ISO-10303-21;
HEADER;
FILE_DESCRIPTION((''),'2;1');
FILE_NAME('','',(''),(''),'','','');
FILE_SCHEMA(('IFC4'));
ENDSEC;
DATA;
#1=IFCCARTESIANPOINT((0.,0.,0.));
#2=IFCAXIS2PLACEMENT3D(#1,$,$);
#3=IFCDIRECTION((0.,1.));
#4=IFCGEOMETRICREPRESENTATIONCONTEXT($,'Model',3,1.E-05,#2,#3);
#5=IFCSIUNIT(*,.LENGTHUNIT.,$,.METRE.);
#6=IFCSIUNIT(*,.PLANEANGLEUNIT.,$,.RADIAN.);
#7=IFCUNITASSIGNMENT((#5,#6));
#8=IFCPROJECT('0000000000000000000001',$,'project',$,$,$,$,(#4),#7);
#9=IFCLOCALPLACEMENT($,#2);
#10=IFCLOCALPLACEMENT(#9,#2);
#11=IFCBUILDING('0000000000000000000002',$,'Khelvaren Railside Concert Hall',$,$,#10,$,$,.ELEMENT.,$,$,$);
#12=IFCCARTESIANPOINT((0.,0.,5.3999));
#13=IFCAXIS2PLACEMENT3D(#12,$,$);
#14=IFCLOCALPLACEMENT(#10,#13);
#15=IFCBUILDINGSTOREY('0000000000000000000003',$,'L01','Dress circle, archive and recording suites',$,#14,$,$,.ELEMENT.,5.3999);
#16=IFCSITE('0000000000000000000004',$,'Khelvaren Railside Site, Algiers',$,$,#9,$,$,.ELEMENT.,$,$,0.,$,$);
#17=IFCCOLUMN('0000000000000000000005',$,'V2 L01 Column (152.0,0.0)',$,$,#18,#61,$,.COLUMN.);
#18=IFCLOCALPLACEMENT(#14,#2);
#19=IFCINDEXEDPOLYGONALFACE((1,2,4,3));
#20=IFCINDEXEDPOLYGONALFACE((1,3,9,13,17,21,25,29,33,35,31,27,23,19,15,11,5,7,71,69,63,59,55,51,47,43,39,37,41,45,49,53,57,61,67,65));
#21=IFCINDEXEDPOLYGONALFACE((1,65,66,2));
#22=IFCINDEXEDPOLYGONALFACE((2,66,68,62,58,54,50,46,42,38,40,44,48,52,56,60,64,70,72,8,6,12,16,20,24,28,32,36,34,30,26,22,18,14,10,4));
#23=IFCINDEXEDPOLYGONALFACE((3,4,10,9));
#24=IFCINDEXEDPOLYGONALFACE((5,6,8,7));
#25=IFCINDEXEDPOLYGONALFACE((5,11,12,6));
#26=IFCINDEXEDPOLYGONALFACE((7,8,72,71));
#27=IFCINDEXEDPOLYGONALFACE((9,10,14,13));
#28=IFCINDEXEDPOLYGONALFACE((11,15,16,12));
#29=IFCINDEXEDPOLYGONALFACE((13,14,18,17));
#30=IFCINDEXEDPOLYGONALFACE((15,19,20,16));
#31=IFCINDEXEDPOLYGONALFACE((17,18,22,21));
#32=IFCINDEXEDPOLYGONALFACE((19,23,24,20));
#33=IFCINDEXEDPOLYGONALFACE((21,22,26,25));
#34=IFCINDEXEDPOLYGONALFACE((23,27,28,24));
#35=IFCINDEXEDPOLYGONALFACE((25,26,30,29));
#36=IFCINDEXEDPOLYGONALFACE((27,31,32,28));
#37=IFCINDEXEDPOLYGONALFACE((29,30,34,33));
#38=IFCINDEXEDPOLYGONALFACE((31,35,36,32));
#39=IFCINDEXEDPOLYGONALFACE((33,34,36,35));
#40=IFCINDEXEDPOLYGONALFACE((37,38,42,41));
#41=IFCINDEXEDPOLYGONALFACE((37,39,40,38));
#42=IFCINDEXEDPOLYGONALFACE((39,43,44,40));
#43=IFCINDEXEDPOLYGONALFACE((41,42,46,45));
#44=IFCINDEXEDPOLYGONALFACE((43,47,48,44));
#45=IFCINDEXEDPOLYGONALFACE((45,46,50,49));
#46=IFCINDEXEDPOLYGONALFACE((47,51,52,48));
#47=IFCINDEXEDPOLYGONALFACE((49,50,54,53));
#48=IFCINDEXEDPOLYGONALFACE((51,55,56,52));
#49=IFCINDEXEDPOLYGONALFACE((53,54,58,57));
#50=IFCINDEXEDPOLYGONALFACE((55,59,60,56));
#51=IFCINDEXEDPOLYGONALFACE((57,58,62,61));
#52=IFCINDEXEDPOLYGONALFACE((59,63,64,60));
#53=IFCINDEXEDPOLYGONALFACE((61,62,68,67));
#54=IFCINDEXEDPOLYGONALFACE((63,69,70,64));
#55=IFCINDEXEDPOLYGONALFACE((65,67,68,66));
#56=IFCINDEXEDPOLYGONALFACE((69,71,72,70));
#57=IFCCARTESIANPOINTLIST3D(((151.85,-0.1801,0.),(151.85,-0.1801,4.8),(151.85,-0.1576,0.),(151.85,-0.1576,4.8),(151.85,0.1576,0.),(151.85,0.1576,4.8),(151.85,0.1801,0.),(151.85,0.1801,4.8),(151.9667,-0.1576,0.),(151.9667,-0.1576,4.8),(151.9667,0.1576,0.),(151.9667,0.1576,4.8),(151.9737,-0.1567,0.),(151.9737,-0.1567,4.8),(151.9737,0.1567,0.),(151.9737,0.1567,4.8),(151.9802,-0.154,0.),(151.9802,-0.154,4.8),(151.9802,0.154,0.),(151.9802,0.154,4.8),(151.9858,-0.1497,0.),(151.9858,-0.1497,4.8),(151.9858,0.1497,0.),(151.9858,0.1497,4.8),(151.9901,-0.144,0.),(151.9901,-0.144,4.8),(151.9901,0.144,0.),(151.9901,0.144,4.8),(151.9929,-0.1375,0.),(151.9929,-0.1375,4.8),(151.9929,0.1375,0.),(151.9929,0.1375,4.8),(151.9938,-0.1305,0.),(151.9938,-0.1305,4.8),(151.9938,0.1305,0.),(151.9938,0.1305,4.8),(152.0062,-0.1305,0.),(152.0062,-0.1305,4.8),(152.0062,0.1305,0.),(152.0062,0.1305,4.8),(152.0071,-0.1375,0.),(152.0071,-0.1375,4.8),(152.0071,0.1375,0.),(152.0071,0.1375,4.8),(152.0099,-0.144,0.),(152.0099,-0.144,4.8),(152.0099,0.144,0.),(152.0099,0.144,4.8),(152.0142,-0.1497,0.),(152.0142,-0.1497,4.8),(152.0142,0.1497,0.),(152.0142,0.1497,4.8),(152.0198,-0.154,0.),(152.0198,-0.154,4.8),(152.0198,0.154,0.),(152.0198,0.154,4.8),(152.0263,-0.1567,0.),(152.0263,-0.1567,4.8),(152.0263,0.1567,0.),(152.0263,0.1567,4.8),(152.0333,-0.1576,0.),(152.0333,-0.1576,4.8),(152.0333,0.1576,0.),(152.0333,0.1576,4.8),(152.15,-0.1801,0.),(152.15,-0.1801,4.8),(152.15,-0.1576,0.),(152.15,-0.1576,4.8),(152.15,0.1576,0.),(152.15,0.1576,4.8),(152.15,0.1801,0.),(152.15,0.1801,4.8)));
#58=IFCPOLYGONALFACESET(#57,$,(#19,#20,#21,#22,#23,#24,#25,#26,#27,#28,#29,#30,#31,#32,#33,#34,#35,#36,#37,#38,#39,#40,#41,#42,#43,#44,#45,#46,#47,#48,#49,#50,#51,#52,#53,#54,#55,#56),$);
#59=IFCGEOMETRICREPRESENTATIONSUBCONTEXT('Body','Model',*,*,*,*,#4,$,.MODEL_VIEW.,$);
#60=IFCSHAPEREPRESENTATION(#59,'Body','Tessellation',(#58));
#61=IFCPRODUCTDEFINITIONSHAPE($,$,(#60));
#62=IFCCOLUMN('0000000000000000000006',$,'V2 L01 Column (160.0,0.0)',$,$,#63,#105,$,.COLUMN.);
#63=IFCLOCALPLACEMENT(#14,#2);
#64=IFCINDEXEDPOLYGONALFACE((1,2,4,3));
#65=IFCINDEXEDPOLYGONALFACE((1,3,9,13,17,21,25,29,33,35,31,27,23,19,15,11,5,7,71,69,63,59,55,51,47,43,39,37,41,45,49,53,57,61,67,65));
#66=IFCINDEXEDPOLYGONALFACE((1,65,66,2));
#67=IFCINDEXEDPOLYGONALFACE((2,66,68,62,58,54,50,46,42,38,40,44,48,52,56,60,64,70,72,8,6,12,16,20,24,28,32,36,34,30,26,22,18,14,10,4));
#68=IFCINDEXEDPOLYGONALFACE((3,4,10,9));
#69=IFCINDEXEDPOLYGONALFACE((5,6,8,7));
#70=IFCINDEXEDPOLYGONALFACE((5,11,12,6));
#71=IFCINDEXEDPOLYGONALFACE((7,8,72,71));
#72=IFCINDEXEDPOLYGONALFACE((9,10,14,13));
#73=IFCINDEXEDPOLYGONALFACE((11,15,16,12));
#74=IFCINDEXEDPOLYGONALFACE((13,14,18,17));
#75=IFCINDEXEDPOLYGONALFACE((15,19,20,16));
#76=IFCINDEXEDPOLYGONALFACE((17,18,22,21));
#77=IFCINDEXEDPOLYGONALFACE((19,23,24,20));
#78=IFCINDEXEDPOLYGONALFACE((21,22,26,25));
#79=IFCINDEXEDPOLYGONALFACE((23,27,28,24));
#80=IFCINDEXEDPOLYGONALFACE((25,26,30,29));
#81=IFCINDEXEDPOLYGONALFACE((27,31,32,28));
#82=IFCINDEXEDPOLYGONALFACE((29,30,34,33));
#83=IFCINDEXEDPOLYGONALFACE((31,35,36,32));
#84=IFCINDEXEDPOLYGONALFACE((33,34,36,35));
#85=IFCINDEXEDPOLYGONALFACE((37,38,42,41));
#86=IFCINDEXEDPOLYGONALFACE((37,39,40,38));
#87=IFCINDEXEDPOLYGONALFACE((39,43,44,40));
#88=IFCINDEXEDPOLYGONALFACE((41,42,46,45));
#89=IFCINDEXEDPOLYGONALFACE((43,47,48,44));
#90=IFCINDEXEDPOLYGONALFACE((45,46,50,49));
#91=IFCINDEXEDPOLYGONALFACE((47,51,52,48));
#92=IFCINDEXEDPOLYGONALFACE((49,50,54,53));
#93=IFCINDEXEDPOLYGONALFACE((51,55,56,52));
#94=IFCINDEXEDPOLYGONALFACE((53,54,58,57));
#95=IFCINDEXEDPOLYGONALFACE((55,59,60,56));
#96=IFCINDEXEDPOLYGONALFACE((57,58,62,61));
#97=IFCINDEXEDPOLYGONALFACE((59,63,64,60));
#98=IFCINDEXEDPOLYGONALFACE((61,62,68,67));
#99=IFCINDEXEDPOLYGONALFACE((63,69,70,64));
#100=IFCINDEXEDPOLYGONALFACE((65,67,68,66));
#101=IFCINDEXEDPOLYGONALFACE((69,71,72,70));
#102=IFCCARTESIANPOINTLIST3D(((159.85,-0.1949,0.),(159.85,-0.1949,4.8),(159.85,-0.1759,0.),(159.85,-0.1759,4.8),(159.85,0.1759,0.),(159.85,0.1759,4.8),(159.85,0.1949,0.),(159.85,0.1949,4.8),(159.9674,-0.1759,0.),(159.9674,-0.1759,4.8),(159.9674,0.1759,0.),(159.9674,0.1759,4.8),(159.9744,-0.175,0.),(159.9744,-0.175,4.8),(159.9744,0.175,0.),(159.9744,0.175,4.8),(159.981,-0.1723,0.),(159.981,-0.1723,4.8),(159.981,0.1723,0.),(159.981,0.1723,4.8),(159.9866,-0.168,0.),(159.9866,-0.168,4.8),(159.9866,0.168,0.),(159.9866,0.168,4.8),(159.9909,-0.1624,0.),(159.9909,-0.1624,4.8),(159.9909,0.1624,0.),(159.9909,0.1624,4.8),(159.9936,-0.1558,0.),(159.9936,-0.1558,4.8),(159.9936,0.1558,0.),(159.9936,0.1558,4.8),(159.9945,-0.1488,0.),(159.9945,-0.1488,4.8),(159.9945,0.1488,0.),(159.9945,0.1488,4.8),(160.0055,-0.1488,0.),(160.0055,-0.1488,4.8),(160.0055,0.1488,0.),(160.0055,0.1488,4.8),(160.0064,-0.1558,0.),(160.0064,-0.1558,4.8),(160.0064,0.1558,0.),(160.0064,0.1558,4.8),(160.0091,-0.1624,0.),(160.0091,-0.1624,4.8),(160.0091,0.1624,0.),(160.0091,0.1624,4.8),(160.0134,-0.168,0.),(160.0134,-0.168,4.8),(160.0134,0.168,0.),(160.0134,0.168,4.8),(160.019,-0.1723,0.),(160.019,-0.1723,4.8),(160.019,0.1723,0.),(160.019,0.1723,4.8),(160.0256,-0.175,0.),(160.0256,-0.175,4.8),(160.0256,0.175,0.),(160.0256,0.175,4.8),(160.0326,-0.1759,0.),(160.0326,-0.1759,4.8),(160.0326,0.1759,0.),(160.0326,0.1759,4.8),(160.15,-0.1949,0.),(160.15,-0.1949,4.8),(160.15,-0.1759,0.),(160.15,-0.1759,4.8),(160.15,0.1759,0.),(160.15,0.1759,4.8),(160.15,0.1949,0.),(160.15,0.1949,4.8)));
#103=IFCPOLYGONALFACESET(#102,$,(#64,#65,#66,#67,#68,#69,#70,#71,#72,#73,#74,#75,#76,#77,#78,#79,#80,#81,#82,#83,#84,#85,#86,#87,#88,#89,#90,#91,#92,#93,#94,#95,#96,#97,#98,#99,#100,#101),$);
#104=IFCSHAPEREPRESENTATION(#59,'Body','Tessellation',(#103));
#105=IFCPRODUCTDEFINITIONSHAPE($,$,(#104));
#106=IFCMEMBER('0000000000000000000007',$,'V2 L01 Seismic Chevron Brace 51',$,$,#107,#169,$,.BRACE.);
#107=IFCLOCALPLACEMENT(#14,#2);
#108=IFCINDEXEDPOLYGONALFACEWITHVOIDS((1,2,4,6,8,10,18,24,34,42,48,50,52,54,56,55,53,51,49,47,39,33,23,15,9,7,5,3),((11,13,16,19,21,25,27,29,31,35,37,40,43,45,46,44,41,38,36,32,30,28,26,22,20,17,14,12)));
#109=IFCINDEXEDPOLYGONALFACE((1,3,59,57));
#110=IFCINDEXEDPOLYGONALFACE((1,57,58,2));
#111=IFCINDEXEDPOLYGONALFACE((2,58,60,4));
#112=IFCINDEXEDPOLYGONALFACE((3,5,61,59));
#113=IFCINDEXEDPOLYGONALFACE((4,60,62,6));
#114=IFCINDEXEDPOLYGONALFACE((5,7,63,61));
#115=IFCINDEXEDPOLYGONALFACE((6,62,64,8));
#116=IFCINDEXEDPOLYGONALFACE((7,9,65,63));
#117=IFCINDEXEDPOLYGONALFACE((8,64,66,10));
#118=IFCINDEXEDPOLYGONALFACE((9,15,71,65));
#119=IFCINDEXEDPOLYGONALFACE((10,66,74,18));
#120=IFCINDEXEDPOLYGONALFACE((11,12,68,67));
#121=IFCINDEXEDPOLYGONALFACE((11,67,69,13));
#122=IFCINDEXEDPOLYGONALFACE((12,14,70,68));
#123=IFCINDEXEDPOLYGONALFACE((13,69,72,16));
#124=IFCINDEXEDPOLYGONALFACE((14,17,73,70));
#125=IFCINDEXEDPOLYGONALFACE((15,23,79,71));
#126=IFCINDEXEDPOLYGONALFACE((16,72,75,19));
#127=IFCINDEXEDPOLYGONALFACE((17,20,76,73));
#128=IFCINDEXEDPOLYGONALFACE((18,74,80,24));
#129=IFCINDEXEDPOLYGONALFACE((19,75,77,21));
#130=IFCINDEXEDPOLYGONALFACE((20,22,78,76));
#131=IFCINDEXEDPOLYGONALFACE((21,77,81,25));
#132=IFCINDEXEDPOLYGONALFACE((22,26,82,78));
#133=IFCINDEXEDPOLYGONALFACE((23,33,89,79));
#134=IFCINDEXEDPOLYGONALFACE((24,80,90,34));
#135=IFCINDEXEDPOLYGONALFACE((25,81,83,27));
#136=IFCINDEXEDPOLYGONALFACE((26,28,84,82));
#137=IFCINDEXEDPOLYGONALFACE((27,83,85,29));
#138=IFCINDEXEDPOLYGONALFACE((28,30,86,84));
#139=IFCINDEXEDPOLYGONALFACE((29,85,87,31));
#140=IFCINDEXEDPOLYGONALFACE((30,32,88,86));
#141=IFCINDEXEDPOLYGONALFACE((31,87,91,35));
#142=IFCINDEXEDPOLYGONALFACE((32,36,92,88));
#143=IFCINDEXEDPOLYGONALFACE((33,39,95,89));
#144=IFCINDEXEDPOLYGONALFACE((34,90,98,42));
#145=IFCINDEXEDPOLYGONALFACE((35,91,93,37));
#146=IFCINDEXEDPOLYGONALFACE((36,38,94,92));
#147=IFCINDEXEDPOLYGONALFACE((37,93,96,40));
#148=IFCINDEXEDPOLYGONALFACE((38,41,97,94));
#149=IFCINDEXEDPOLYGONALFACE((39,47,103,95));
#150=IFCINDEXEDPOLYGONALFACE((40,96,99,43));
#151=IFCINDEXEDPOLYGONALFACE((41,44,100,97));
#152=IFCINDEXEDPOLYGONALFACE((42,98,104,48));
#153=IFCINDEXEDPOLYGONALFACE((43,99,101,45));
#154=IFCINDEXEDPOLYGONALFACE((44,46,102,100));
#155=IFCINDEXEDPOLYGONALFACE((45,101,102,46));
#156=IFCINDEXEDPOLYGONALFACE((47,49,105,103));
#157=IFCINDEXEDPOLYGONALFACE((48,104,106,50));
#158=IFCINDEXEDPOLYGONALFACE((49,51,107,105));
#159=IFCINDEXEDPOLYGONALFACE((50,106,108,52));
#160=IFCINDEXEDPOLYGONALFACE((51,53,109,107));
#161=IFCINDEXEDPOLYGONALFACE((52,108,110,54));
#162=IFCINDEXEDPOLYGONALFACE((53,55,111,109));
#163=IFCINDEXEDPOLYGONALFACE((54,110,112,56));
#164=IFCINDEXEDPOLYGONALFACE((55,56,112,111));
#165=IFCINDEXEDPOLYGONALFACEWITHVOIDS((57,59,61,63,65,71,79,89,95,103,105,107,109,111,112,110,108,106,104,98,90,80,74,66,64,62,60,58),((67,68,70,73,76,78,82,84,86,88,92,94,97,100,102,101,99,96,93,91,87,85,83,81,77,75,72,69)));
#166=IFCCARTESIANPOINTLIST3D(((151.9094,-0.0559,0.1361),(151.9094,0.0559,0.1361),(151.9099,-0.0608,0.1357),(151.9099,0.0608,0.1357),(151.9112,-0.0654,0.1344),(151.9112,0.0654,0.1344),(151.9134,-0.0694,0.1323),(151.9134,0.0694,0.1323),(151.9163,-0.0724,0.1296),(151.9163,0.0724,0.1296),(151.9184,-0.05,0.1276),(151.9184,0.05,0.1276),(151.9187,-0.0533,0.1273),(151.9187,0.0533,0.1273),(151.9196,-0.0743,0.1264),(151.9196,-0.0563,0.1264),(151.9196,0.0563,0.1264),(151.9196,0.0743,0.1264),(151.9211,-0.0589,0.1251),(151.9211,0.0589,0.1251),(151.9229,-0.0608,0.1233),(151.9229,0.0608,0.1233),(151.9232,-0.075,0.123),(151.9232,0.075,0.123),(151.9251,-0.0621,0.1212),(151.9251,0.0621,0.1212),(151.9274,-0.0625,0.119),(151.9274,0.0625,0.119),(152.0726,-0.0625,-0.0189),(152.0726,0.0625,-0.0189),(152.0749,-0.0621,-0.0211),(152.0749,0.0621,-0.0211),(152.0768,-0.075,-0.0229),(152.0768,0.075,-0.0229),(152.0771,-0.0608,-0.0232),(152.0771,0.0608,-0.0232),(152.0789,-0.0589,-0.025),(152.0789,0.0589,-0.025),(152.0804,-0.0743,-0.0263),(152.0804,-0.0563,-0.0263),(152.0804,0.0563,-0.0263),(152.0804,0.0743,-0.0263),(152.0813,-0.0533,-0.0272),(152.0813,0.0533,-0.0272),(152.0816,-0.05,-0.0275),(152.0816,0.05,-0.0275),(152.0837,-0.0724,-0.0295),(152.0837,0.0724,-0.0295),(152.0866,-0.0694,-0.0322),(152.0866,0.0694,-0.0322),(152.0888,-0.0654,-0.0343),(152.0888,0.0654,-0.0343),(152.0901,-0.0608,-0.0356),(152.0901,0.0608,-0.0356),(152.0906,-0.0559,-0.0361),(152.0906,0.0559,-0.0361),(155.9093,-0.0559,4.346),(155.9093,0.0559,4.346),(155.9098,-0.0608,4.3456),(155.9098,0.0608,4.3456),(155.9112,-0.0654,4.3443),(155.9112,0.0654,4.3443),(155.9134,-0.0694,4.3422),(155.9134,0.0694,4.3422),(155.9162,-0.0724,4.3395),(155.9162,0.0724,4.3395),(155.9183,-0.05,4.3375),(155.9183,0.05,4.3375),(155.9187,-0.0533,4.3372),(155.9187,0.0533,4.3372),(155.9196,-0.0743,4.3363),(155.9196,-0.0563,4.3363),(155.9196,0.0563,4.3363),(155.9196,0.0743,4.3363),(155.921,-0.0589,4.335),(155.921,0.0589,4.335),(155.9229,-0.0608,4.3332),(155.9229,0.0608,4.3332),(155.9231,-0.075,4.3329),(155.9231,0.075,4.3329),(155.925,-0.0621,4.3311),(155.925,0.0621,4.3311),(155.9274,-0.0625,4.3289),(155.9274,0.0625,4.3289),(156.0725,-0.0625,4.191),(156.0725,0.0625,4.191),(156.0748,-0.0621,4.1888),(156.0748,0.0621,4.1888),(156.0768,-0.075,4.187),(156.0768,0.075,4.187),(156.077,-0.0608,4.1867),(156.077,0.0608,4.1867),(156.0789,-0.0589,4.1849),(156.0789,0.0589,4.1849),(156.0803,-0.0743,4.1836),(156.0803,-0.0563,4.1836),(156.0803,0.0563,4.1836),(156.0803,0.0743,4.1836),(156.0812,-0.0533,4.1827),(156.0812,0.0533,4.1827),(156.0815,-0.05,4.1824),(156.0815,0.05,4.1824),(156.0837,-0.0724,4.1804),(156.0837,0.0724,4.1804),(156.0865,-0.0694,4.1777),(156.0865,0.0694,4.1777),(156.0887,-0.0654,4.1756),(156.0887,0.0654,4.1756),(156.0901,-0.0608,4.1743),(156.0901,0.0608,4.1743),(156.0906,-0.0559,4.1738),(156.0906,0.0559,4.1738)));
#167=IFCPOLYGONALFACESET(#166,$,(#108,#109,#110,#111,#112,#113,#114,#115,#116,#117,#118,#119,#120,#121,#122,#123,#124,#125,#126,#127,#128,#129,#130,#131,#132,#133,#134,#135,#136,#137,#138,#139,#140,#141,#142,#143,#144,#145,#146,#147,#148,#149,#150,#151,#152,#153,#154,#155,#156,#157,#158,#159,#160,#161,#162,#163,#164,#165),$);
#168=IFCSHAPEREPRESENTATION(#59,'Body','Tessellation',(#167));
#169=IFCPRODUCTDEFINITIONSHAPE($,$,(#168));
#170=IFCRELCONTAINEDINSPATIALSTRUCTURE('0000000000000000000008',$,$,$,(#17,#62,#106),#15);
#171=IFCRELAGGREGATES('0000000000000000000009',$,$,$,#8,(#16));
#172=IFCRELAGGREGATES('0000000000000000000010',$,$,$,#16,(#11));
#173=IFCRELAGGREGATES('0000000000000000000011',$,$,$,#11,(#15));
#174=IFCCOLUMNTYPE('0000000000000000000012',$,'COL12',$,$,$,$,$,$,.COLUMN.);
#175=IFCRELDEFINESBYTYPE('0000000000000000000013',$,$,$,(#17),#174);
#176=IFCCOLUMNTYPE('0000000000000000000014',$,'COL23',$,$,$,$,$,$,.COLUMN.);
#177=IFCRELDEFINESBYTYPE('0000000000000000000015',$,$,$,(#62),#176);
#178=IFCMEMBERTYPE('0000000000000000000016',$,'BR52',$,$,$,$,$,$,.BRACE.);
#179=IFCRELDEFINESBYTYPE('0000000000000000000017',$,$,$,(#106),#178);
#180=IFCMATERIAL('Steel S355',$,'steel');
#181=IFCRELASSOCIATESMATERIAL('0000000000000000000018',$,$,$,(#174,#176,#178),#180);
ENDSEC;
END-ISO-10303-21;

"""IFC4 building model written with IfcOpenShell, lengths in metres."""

from ifc_helpers import new_model, si_unit, direction, frame, origin, origin_2d, place, context, subcontext, project, spatial, hollow_rectangle, i_section, extrude, material, material_profile, profile_set, type_object, element, save


model = new_model("IFC4")

# Units and contexts
model_context = context("Model", 3, precision=1e-05, world=origin(), true_north=direction((0.0, 1.0)))
body_context = subcontext(model_context, "Body", "Model", "MODEL_VIEW")
ifc_project = project(units=[si_unit("LENGTHUNIT", "METRE"), si_unit("PLANEANGLEUNIT", "RADIAN")], contexts=[model_context])

# Site, building, storey
site_placement = place(None, origin())
site = spatial("IfcSite", under=ifc_project, at=site_placement, Name="Khelvaren Railside Site, Algiers", CompositionType="ELEMENT", RefElevation=0.0)
building_placement = place(site_placement, origin())
building = spatial("IfcBuilding", under=site, at=building_placement, Name="Khelvaren Railside Concert Hall", CompositionType="ELEMENT")
storey_placement = place(building_placement, frame((0.0, 0.0, 5.3999)))
storey = spatial("IfcBuildingStorey", under=building, at=storey_placement, Name="L01", Description="Dress circle, archive and recording suites", CompositionType="ELEMENT", Elevation=5.3999)

# Columns
ifc_material_1 = material(Name="Steel S355", Category="steel")
ifc_material_profile_1 = material_profile(ifc_material_1, i_section(OverallWidth=0.3, OverallDepth=0.3601, WebThickness=0.0125, FlangeThickness=0.0225, FilletRadius=0.0271, at=origin_2d()), Name="HEB 360")
ifc_profile_set_1 = profile_set([ifc_material_profile_1], Name="Steel S355")
column_type_1 = type_object("IfcColumnType", Name="COL12", PredefinedType="COLUMN", material=ifc_profile_set_1)
column_1_placement = place(storey_placement, frame((152.0, 0.0, 0.0), z_axis=(0.0, 0.0, 1.0), x_axis=(1.0, 0.0, 0.0)))
element("IfcColumn", 1, at=column_1_placement, inside=storey, type_object=column_type_1, Name="V2 L01 Column (152.0,0.0)", PredefinedType="COLUMN", context=body_context, shape_type="SweptSolid", body=[
    extrude(i_section(OverallWidth=0.3, OverallDepth=0.3601, WebThickness=0.0125, FlangeThickness=0.0225, FilletRadius=0.0271, at=origin_2d()), origin(), (0.0, 0.0, 1.0), 4.8),
])
ifc_material_profile_2 = material_profile(ifc_material_1, i_section(OverallWidth=0.3, OverallDepth=0.3899, WebThickness=0.011, FlangeThickness=0.019, FilletRadius=0.0271, at=origin_2d()), Name="HEA 400")
ifc_profile_set_2 = profile_set([ifc_material_profile_2], Name="Steel S355")
column_type_2 = type_object("IfcColumnType", Name="COL23", PredefinedType="COLUMN", material=ifc_profile_set_2)
column_2_placement = place(storey_placement, frame((160.0, 0.0, 0.0), z_axis=(0.0, 0.0, 1.0), x_axis=(1.0, 0.0, 0.0)))
element("IfcColumn", 2, at=column_2_placement, inside=storey, type_object=column_type_2, Name="V2 L01 Column (160.0,0.0)", PredefinedType="COLUMN", context=body_context, shape_type="SweptSolid", body=[
    extrude(i_section(OverallWidth=0.3, OverallDepth=0.3899, WebThickness=0.011, FlangeThickness=0.019, FilletRadius=0.0271, at=origin_2d()), origin(), (0.0, 0.0, 1.0), 4.8),
])

# Member
ifc_material_profile_3 = material_profile(ifc_material_1, hollow_rectangle(XDim=0.1499, YDim=0.25, WallThickness=0.0125, InnerFilletRadius=0.0125, OuterFilletRadius=0.019, at=origin_2d()), Name="RHS 250x150x12.5")
ifc_profile_set_3 = profile_set([ifc_material_profile_3], Name="Steel S355")
member_type_1 = type_object("IfcMemberType", Name="BR52", PredefinedType="BRACE", material=ifc_profile_set_3)
for number, where, z_axis, x_axis, name in (
    (3, (152.0, 0.0, 0.05), (0.688798, 0.0, 0.724953), (0.0, 1.0, 0.0), "V2 L01 Seismic Chevron Brace 51"),
):
    element("IfcMember", number, at=place(storey_placement, frame(where, z_axis=z_axis, x_axis=x_axis)), inside=storey, type_object=member_type_1, Name=name, PredefinedType="BRACE", context=body_context, shape_type="SweptSolid", body=[
        extrude(hollow_rectangle(XDim=0.1499, YDim=0.25, WallThickness=0.0125, InnerFilletRadius=0.0125, OuterFilletRadius=0.019, at=origin_2d()), origin(), (0.0, 0.0, 1.0), 5.8071),
    ])

save(model, "model.ifc")
